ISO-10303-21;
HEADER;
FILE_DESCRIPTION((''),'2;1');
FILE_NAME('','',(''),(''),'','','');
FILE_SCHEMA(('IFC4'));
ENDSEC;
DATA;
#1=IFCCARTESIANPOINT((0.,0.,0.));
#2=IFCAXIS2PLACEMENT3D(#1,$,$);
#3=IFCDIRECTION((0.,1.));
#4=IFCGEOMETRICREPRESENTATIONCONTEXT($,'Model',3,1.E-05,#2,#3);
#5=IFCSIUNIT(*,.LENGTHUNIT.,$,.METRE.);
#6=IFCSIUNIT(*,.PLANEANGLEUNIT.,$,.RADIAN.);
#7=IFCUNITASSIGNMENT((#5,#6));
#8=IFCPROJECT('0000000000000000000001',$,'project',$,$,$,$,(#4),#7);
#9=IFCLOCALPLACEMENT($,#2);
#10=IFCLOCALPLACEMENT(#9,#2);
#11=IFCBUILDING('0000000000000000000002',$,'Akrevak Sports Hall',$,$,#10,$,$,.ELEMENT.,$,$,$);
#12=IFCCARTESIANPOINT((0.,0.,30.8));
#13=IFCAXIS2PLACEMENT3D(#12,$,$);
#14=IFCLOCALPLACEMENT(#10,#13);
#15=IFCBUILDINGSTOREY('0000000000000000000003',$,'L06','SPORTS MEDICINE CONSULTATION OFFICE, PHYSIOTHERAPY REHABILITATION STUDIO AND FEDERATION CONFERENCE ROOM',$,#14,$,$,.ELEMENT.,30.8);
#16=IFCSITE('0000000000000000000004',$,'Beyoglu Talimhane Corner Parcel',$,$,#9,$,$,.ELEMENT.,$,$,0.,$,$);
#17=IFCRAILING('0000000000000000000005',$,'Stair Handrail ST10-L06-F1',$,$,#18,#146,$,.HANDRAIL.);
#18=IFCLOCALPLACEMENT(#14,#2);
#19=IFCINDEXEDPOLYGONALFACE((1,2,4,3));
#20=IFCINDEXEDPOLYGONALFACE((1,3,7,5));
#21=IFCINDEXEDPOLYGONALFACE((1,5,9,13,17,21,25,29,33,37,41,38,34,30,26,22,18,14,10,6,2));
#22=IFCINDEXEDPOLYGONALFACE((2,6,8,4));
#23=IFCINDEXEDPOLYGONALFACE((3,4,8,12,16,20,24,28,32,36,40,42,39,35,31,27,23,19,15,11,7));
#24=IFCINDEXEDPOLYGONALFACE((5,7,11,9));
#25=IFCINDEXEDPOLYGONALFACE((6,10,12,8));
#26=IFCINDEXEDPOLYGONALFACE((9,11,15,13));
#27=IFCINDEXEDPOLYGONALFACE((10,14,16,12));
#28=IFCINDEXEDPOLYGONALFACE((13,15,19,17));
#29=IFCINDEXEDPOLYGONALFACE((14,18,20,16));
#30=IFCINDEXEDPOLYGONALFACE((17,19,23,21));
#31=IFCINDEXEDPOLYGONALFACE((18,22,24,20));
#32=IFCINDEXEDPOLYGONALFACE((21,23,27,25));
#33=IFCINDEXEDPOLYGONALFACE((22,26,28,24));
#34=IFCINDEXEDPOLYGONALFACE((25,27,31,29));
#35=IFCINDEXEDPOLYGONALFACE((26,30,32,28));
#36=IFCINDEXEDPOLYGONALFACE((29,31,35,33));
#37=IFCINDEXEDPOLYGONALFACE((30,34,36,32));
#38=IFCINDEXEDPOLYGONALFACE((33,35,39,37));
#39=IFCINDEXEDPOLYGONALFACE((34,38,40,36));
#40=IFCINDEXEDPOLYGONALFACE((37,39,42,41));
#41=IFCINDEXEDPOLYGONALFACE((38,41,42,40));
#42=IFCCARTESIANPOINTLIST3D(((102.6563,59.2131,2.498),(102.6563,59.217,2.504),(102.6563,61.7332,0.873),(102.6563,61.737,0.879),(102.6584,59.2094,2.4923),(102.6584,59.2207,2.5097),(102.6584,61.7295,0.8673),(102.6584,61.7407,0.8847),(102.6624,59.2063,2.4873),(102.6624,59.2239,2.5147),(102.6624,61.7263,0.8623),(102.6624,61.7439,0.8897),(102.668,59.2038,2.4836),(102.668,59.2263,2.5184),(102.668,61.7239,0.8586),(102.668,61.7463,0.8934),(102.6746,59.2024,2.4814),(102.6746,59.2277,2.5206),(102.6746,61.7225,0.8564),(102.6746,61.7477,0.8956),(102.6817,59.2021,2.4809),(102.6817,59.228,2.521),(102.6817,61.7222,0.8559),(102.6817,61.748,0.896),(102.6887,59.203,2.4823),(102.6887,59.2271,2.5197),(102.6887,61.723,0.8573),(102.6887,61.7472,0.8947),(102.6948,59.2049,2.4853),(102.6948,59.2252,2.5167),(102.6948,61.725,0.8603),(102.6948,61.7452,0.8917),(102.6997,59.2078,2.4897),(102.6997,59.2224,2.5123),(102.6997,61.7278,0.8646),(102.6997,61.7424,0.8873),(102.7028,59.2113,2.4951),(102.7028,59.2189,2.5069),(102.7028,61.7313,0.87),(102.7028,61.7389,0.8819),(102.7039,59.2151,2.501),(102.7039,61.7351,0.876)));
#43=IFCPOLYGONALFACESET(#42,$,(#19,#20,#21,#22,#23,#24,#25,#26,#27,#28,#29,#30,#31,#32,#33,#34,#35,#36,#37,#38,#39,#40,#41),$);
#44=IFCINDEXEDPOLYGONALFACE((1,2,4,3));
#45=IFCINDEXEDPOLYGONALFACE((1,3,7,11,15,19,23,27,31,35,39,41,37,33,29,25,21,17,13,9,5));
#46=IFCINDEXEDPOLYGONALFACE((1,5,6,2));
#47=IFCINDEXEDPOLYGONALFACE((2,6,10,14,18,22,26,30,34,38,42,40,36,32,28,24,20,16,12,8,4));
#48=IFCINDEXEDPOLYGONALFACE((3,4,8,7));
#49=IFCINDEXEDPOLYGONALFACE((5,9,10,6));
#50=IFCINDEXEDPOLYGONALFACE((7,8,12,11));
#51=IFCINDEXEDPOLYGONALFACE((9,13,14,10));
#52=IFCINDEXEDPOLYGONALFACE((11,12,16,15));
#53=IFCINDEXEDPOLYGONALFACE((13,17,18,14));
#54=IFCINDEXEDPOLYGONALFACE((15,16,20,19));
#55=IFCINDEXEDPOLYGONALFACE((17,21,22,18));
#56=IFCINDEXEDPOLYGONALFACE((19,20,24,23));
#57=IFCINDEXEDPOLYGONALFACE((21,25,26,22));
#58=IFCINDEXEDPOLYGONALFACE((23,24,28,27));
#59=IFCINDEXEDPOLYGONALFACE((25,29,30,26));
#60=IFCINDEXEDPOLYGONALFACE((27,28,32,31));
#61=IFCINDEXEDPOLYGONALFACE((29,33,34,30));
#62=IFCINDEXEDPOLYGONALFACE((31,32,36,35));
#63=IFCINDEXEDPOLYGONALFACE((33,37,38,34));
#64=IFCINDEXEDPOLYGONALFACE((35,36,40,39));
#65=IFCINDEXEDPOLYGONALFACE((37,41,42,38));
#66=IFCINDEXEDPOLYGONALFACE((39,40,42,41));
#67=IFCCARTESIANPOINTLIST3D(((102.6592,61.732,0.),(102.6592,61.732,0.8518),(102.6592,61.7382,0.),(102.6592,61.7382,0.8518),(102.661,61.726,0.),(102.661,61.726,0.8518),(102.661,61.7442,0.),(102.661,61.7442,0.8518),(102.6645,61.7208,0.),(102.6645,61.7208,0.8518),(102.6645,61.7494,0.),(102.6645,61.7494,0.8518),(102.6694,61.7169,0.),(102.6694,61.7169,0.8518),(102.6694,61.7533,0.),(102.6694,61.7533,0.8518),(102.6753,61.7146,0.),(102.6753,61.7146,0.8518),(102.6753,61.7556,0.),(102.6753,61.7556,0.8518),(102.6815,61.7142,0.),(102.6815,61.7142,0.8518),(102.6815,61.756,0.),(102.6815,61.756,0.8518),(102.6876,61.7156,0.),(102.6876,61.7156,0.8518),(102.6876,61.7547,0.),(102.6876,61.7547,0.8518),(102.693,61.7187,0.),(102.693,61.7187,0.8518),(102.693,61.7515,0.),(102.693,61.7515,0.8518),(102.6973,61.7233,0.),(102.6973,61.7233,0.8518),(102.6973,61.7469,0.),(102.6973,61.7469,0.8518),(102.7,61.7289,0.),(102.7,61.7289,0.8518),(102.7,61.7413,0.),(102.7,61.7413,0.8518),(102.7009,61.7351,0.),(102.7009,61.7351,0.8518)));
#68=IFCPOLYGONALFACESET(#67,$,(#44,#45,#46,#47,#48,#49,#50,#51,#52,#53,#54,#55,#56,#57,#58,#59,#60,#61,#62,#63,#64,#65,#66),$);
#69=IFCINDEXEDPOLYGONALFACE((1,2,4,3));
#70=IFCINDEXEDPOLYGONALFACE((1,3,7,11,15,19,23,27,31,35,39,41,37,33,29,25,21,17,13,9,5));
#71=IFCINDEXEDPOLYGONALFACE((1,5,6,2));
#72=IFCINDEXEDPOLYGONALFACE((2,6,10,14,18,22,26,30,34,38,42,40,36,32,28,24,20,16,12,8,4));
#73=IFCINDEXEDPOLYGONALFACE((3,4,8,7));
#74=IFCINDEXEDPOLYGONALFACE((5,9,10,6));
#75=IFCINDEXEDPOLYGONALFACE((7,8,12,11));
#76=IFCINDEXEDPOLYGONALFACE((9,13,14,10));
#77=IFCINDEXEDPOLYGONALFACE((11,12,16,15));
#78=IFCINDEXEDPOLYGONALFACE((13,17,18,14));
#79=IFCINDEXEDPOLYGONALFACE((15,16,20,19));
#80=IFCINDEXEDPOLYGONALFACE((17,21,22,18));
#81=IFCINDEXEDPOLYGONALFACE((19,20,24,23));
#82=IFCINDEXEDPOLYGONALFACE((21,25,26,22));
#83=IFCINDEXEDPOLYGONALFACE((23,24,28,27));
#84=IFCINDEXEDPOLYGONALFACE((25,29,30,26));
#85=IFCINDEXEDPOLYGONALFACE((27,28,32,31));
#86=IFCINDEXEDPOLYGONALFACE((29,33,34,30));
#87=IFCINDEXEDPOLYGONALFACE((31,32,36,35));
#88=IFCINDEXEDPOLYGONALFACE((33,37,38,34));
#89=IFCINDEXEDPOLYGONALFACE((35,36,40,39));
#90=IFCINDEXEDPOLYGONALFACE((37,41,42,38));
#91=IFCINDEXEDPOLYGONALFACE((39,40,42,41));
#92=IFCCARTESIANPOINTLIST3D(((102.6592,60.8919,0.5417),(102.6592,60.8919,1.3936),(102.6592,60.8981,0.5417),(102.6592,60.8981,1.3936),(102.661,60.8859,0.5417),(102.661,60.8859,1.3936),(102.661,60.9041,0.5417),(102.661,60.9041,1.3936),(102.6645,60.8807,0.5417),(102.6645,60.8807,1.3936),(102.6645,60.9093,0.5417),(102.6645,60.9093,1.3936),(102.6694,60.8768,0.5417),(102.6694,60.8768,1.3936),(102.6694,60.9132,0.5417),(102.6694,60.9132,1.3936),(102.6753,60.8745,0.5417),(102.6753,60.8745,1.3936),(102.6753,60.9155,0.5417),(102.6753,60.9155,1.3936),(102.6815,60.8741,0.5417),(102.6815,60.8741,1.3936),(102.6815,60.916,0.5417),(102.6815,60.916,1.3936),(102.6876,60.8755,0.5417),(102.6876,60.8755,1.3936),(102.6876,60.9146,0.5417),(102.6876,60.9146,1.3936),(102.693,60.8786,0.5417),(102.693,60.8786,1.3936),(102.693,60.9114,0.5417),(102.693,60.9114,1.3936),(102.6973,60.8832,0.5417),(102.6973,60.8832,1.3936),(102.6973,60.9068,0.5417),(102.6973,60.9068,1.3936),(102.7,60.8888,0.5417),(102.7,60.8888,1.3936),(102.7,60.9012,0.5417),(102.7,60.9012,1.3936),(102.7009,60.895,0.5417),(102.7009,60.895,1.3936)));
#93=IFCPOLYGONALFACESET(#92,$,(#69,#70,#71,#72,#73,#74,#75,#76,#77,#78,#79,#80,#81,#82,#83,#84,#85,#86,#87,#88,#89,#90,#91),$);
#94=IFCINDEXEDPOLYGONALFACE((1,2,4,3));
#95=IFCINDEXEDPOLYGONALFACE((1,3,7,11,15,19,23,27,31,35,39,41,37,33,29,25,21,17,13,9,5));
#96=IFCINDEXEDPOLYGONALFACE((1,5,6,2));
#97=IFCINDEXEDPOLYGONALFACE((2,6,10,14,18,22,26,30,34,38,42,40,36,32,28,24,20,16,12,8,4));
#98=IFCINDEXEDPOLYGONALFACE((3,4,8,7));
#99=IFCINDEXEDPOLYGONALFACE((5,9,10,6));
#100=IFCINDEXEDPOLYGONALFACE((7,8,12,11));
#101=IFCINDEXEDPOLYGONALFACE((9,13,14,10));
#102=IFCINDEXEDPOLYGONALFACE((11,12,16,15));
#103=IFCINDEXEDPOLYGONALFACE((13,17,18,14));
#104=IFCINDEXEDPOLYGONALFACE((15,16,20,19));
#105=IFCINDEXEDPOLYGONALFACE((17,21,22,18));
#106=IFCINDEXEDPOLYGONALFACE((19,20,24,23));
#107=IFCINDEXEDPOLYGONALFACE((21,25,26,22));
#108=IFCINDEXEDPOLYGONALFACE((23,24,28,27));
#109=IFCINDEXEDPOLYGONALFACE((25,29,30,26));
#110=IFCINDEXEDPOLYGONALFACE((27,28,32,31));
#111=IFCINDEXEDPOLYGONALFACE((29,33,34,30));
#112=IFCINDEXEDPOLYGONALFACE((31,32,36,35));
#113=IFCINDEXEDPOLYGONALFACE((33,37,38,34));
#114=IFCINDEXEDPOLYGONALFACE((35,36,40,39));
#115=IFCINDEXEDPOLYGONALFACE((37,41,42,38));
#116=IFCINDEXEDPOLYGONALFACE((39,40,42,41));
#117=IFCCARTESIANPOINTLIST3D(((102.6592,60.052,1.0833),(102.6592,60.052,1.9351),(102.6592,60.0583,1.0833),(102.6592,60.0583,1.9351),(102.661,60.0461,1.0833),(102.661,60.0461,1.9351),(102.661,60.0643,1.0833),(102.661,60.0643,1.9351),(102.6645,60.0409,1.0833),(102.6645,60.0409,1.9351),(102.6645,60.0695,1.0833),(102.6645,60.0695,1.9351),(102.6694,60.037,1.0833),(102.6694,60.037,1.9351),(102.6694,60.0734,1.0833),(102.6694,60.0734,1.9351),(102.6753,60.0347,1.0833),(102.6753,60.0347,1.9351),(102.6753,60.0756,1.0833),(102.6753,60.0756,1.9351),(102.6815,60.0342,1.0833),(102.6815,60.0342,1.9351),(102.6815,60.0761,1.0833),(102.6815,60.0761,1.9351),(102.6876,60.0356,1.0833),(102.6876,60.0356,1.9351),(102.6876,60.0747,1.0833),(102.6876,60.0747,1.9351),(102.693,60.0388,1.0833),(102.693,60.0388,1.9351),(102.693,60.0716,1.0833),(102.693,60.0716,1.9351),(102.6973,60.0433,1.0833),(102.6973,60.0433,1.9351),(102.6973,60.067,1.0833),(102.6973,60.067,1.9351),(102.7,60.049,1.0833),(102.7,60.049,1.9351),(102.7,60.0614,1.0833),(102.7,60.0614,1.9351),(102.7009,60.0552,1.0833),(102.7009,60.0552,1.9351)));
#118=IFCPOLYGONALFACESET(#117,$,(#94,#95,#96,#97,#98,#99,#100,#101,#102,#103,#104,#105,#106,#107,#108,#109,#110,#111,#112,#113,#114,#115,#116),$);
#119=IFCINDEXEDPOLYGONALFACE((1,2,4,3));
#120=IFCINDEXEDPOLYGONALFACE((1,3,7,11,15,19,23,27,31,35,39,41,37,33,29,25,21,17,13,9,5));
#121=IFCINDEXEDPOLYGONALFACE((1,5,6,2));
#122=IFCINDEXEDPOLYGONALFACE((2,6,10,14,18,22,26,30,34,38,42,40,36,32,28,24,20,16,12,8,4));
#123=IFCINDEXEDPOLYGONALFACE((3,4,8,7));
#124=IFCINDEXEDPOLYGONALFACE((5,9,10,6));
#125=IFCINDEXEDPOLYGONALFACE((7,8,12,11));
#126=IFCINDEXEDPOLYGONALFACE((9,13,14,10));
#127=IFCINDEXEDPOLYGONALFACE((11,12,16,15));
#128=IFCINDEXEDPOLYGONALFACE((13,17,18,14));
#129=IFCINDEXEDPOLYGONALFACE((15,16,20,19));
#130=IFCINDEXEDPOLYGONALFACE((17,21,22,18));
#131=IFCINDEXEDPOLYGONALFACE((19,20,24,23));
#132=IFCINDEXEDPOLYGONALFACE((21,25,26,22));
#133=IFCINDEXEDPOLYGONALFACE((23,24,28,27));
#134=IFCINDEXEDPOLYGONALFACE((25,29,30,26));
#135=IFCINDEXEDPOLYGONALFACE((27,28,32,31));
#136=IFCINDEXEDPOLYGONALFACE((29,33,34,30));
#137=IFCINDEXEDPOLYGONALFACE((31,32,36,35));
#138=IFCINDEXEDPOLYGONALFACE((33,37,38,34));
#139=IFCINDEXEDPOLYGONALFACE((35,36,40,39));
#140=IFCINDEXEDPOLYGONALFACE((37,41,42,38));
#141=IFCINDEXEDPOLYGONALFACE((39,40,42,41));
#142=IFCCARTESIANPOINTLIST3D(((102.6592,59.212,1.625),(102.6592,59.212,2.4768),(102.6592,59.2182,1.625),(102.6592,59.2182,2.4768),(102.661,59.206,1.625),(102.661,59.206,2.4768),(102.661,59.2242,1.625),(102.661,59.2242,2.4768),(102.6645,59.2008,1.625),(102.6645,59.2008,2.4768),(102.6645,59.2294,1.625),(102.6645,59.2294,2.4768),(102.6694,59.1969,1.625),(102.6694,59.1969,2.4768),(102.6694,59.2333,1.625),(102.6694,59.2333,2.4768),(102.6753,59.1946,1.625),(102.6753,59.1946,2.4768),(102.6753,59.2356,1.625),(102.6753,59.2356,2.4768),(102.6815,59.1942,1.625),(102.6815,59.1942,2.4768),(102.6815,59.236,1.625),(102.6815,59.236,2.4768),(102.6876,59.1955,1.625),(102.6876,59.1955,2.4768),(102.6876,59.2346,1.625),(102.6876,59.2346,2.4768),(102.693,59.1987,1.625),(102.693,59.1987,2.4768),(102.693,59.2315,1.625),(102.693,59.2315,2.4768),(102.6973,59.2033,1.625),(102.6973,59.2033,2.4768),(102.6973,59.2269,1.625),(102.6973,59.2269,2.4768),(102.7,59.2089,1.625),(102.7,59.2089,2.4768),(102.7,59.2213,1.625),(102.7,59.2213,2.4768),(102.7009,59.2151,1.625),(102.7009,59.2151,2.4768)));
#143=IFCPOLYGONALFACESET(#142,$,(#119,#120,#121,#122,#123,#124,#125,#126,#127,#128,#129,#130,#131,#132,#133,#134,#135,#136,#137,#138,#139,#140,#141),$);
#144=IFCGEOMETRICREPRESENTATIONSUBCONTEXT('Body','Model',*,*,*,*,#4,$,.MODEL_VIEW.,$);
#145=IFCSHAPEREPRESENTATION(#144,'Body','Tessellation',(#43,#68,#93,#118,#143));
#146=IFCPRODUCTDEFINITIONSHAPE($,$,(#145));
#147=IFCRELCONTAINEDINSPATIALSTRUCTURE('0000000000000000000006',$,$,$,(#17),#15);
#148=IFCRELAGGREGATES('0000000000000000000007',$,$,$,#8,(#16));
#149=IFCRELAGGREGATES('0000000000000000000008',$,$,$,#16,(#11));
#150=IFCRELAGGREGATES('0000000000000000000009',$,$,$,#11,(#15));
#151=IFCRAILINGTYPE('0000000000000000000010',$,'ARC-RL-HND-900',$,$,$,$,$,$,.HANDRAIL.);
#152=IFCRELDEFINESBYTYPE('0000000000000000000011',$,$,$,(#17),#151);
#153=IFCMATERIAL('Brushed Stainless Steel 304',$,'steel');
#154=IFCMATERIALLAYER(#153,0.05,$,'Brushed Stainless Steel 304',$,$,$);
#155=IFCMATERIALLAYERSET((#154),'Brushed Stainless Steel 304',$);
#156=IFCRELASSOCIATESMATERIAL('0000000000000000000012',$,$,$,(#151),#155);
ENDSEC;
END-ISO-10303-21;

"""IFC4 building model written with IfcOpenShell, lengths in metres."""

from ifc_helpers import new_model, si_unit, direction, frame, origin, origin_2d, place, context, subcontext, project, spatial, circle, extrude, material, layer, layer_set, type_object, element, save


model = new_model("IFC4")

# Units and contexts
model_context = context("Model", 3, precision=1e-05, world=origin(), true_north=direction((0.0, 1.0)))
body_context = subcontext(model_context, "Body", "Model", "MODEL_VIEW")
ifc_project = project(units=[si_unit("LENGTHUNIT", "METRE"), si_unit("PLANEANGLEUNIT", "RADIAN")], contexts=[model_context])

# Site, building, storey
site_placement = place(None, origin())
site = spatial("IfcSite", under=ifc_project, at=site_placement, Name="Beyoglu Talimhane Corner Parcel", CompositionType="ELEMENT", RefElevation=0.0)
building_placement = place(site_placement, origin())
building = spatial("IfcBuilding", under=site, at=building_placement, Name="Akrevak Sports Hall", CompositionType="ELEMENT")
storey_placement = place(building_placement, frame((0.0, 0.0, 30.8)))
storey = spatial("IfcBuildingStorey", under=building, at=storey_placement, Name="L06", Description="SPORTS MEDICINE CONSULTATION OFFICE, PHYSIOTHERAPY REHABILITATION STUDIO AND FEDERATION CONFERENCE ROOM", CompositionType="ELEMENT", Elevation=30.8)

# Railing
ifc_material_1 = material(Name="Brushed Stainless Steel 304", Category="steel")
ifc_layer_1 = layer(ifc_material_1, 0.05, Name="Brushed Stainless Steel 304")
ifc_layer_set_1 = layer_set([ifc_layer_1], Name="Brushed Stainless Steel 304")
railing_type = type_object("IfcRailingType", Name="ARC-RL-HND-900", PredefinedType="HANDRAIL", material=ifc_layer_set_1)
railing_placement = place(storey_placement, frame((102.6799, 61.7351, 0.0)))
element("IfcRailing", 1, at=railing_placement, inside=storey, type_object=railing_type, Name="Stair Handrail ST10-L06-F1", PredefinedType="HANDRAIL", context=body_context, shape_type="SweptSolid", body=[
    extrude(circle(Radius=0.0239, at=origin_2d()), frame((0.0, 0.0, 0.876), z_axis=(0.0, -0.840421, 0.541934), x_axis=(1.0, 0.0, 0.0)), (0.0, 0.0, 1.0), 2.9985),
    extrude(circle(Radius=0.021, at=origin_2d()), origin(), (0.0, 0.0, 1.0), 0.8518),
    extrude(circle(Radius=0.021, at=origin_2d()), frame((0.0, -0.8401, 0.5417)), (0.0, 0.0, 1.0), 0.8518),
    extrude(circle(Radius=0.021, at=origin_2d()), frame((0.0, -1.6799, 1.0833)), (0.0, 0.0, 1.0), 0.8518),
    extrude(circle(Radius=0.021, at=origin_2d()), frame((0.0, -2.52, 1.625)), (0.0, 0.0, 1.0), 0.8518),
])

save(model, "model.ifc")
